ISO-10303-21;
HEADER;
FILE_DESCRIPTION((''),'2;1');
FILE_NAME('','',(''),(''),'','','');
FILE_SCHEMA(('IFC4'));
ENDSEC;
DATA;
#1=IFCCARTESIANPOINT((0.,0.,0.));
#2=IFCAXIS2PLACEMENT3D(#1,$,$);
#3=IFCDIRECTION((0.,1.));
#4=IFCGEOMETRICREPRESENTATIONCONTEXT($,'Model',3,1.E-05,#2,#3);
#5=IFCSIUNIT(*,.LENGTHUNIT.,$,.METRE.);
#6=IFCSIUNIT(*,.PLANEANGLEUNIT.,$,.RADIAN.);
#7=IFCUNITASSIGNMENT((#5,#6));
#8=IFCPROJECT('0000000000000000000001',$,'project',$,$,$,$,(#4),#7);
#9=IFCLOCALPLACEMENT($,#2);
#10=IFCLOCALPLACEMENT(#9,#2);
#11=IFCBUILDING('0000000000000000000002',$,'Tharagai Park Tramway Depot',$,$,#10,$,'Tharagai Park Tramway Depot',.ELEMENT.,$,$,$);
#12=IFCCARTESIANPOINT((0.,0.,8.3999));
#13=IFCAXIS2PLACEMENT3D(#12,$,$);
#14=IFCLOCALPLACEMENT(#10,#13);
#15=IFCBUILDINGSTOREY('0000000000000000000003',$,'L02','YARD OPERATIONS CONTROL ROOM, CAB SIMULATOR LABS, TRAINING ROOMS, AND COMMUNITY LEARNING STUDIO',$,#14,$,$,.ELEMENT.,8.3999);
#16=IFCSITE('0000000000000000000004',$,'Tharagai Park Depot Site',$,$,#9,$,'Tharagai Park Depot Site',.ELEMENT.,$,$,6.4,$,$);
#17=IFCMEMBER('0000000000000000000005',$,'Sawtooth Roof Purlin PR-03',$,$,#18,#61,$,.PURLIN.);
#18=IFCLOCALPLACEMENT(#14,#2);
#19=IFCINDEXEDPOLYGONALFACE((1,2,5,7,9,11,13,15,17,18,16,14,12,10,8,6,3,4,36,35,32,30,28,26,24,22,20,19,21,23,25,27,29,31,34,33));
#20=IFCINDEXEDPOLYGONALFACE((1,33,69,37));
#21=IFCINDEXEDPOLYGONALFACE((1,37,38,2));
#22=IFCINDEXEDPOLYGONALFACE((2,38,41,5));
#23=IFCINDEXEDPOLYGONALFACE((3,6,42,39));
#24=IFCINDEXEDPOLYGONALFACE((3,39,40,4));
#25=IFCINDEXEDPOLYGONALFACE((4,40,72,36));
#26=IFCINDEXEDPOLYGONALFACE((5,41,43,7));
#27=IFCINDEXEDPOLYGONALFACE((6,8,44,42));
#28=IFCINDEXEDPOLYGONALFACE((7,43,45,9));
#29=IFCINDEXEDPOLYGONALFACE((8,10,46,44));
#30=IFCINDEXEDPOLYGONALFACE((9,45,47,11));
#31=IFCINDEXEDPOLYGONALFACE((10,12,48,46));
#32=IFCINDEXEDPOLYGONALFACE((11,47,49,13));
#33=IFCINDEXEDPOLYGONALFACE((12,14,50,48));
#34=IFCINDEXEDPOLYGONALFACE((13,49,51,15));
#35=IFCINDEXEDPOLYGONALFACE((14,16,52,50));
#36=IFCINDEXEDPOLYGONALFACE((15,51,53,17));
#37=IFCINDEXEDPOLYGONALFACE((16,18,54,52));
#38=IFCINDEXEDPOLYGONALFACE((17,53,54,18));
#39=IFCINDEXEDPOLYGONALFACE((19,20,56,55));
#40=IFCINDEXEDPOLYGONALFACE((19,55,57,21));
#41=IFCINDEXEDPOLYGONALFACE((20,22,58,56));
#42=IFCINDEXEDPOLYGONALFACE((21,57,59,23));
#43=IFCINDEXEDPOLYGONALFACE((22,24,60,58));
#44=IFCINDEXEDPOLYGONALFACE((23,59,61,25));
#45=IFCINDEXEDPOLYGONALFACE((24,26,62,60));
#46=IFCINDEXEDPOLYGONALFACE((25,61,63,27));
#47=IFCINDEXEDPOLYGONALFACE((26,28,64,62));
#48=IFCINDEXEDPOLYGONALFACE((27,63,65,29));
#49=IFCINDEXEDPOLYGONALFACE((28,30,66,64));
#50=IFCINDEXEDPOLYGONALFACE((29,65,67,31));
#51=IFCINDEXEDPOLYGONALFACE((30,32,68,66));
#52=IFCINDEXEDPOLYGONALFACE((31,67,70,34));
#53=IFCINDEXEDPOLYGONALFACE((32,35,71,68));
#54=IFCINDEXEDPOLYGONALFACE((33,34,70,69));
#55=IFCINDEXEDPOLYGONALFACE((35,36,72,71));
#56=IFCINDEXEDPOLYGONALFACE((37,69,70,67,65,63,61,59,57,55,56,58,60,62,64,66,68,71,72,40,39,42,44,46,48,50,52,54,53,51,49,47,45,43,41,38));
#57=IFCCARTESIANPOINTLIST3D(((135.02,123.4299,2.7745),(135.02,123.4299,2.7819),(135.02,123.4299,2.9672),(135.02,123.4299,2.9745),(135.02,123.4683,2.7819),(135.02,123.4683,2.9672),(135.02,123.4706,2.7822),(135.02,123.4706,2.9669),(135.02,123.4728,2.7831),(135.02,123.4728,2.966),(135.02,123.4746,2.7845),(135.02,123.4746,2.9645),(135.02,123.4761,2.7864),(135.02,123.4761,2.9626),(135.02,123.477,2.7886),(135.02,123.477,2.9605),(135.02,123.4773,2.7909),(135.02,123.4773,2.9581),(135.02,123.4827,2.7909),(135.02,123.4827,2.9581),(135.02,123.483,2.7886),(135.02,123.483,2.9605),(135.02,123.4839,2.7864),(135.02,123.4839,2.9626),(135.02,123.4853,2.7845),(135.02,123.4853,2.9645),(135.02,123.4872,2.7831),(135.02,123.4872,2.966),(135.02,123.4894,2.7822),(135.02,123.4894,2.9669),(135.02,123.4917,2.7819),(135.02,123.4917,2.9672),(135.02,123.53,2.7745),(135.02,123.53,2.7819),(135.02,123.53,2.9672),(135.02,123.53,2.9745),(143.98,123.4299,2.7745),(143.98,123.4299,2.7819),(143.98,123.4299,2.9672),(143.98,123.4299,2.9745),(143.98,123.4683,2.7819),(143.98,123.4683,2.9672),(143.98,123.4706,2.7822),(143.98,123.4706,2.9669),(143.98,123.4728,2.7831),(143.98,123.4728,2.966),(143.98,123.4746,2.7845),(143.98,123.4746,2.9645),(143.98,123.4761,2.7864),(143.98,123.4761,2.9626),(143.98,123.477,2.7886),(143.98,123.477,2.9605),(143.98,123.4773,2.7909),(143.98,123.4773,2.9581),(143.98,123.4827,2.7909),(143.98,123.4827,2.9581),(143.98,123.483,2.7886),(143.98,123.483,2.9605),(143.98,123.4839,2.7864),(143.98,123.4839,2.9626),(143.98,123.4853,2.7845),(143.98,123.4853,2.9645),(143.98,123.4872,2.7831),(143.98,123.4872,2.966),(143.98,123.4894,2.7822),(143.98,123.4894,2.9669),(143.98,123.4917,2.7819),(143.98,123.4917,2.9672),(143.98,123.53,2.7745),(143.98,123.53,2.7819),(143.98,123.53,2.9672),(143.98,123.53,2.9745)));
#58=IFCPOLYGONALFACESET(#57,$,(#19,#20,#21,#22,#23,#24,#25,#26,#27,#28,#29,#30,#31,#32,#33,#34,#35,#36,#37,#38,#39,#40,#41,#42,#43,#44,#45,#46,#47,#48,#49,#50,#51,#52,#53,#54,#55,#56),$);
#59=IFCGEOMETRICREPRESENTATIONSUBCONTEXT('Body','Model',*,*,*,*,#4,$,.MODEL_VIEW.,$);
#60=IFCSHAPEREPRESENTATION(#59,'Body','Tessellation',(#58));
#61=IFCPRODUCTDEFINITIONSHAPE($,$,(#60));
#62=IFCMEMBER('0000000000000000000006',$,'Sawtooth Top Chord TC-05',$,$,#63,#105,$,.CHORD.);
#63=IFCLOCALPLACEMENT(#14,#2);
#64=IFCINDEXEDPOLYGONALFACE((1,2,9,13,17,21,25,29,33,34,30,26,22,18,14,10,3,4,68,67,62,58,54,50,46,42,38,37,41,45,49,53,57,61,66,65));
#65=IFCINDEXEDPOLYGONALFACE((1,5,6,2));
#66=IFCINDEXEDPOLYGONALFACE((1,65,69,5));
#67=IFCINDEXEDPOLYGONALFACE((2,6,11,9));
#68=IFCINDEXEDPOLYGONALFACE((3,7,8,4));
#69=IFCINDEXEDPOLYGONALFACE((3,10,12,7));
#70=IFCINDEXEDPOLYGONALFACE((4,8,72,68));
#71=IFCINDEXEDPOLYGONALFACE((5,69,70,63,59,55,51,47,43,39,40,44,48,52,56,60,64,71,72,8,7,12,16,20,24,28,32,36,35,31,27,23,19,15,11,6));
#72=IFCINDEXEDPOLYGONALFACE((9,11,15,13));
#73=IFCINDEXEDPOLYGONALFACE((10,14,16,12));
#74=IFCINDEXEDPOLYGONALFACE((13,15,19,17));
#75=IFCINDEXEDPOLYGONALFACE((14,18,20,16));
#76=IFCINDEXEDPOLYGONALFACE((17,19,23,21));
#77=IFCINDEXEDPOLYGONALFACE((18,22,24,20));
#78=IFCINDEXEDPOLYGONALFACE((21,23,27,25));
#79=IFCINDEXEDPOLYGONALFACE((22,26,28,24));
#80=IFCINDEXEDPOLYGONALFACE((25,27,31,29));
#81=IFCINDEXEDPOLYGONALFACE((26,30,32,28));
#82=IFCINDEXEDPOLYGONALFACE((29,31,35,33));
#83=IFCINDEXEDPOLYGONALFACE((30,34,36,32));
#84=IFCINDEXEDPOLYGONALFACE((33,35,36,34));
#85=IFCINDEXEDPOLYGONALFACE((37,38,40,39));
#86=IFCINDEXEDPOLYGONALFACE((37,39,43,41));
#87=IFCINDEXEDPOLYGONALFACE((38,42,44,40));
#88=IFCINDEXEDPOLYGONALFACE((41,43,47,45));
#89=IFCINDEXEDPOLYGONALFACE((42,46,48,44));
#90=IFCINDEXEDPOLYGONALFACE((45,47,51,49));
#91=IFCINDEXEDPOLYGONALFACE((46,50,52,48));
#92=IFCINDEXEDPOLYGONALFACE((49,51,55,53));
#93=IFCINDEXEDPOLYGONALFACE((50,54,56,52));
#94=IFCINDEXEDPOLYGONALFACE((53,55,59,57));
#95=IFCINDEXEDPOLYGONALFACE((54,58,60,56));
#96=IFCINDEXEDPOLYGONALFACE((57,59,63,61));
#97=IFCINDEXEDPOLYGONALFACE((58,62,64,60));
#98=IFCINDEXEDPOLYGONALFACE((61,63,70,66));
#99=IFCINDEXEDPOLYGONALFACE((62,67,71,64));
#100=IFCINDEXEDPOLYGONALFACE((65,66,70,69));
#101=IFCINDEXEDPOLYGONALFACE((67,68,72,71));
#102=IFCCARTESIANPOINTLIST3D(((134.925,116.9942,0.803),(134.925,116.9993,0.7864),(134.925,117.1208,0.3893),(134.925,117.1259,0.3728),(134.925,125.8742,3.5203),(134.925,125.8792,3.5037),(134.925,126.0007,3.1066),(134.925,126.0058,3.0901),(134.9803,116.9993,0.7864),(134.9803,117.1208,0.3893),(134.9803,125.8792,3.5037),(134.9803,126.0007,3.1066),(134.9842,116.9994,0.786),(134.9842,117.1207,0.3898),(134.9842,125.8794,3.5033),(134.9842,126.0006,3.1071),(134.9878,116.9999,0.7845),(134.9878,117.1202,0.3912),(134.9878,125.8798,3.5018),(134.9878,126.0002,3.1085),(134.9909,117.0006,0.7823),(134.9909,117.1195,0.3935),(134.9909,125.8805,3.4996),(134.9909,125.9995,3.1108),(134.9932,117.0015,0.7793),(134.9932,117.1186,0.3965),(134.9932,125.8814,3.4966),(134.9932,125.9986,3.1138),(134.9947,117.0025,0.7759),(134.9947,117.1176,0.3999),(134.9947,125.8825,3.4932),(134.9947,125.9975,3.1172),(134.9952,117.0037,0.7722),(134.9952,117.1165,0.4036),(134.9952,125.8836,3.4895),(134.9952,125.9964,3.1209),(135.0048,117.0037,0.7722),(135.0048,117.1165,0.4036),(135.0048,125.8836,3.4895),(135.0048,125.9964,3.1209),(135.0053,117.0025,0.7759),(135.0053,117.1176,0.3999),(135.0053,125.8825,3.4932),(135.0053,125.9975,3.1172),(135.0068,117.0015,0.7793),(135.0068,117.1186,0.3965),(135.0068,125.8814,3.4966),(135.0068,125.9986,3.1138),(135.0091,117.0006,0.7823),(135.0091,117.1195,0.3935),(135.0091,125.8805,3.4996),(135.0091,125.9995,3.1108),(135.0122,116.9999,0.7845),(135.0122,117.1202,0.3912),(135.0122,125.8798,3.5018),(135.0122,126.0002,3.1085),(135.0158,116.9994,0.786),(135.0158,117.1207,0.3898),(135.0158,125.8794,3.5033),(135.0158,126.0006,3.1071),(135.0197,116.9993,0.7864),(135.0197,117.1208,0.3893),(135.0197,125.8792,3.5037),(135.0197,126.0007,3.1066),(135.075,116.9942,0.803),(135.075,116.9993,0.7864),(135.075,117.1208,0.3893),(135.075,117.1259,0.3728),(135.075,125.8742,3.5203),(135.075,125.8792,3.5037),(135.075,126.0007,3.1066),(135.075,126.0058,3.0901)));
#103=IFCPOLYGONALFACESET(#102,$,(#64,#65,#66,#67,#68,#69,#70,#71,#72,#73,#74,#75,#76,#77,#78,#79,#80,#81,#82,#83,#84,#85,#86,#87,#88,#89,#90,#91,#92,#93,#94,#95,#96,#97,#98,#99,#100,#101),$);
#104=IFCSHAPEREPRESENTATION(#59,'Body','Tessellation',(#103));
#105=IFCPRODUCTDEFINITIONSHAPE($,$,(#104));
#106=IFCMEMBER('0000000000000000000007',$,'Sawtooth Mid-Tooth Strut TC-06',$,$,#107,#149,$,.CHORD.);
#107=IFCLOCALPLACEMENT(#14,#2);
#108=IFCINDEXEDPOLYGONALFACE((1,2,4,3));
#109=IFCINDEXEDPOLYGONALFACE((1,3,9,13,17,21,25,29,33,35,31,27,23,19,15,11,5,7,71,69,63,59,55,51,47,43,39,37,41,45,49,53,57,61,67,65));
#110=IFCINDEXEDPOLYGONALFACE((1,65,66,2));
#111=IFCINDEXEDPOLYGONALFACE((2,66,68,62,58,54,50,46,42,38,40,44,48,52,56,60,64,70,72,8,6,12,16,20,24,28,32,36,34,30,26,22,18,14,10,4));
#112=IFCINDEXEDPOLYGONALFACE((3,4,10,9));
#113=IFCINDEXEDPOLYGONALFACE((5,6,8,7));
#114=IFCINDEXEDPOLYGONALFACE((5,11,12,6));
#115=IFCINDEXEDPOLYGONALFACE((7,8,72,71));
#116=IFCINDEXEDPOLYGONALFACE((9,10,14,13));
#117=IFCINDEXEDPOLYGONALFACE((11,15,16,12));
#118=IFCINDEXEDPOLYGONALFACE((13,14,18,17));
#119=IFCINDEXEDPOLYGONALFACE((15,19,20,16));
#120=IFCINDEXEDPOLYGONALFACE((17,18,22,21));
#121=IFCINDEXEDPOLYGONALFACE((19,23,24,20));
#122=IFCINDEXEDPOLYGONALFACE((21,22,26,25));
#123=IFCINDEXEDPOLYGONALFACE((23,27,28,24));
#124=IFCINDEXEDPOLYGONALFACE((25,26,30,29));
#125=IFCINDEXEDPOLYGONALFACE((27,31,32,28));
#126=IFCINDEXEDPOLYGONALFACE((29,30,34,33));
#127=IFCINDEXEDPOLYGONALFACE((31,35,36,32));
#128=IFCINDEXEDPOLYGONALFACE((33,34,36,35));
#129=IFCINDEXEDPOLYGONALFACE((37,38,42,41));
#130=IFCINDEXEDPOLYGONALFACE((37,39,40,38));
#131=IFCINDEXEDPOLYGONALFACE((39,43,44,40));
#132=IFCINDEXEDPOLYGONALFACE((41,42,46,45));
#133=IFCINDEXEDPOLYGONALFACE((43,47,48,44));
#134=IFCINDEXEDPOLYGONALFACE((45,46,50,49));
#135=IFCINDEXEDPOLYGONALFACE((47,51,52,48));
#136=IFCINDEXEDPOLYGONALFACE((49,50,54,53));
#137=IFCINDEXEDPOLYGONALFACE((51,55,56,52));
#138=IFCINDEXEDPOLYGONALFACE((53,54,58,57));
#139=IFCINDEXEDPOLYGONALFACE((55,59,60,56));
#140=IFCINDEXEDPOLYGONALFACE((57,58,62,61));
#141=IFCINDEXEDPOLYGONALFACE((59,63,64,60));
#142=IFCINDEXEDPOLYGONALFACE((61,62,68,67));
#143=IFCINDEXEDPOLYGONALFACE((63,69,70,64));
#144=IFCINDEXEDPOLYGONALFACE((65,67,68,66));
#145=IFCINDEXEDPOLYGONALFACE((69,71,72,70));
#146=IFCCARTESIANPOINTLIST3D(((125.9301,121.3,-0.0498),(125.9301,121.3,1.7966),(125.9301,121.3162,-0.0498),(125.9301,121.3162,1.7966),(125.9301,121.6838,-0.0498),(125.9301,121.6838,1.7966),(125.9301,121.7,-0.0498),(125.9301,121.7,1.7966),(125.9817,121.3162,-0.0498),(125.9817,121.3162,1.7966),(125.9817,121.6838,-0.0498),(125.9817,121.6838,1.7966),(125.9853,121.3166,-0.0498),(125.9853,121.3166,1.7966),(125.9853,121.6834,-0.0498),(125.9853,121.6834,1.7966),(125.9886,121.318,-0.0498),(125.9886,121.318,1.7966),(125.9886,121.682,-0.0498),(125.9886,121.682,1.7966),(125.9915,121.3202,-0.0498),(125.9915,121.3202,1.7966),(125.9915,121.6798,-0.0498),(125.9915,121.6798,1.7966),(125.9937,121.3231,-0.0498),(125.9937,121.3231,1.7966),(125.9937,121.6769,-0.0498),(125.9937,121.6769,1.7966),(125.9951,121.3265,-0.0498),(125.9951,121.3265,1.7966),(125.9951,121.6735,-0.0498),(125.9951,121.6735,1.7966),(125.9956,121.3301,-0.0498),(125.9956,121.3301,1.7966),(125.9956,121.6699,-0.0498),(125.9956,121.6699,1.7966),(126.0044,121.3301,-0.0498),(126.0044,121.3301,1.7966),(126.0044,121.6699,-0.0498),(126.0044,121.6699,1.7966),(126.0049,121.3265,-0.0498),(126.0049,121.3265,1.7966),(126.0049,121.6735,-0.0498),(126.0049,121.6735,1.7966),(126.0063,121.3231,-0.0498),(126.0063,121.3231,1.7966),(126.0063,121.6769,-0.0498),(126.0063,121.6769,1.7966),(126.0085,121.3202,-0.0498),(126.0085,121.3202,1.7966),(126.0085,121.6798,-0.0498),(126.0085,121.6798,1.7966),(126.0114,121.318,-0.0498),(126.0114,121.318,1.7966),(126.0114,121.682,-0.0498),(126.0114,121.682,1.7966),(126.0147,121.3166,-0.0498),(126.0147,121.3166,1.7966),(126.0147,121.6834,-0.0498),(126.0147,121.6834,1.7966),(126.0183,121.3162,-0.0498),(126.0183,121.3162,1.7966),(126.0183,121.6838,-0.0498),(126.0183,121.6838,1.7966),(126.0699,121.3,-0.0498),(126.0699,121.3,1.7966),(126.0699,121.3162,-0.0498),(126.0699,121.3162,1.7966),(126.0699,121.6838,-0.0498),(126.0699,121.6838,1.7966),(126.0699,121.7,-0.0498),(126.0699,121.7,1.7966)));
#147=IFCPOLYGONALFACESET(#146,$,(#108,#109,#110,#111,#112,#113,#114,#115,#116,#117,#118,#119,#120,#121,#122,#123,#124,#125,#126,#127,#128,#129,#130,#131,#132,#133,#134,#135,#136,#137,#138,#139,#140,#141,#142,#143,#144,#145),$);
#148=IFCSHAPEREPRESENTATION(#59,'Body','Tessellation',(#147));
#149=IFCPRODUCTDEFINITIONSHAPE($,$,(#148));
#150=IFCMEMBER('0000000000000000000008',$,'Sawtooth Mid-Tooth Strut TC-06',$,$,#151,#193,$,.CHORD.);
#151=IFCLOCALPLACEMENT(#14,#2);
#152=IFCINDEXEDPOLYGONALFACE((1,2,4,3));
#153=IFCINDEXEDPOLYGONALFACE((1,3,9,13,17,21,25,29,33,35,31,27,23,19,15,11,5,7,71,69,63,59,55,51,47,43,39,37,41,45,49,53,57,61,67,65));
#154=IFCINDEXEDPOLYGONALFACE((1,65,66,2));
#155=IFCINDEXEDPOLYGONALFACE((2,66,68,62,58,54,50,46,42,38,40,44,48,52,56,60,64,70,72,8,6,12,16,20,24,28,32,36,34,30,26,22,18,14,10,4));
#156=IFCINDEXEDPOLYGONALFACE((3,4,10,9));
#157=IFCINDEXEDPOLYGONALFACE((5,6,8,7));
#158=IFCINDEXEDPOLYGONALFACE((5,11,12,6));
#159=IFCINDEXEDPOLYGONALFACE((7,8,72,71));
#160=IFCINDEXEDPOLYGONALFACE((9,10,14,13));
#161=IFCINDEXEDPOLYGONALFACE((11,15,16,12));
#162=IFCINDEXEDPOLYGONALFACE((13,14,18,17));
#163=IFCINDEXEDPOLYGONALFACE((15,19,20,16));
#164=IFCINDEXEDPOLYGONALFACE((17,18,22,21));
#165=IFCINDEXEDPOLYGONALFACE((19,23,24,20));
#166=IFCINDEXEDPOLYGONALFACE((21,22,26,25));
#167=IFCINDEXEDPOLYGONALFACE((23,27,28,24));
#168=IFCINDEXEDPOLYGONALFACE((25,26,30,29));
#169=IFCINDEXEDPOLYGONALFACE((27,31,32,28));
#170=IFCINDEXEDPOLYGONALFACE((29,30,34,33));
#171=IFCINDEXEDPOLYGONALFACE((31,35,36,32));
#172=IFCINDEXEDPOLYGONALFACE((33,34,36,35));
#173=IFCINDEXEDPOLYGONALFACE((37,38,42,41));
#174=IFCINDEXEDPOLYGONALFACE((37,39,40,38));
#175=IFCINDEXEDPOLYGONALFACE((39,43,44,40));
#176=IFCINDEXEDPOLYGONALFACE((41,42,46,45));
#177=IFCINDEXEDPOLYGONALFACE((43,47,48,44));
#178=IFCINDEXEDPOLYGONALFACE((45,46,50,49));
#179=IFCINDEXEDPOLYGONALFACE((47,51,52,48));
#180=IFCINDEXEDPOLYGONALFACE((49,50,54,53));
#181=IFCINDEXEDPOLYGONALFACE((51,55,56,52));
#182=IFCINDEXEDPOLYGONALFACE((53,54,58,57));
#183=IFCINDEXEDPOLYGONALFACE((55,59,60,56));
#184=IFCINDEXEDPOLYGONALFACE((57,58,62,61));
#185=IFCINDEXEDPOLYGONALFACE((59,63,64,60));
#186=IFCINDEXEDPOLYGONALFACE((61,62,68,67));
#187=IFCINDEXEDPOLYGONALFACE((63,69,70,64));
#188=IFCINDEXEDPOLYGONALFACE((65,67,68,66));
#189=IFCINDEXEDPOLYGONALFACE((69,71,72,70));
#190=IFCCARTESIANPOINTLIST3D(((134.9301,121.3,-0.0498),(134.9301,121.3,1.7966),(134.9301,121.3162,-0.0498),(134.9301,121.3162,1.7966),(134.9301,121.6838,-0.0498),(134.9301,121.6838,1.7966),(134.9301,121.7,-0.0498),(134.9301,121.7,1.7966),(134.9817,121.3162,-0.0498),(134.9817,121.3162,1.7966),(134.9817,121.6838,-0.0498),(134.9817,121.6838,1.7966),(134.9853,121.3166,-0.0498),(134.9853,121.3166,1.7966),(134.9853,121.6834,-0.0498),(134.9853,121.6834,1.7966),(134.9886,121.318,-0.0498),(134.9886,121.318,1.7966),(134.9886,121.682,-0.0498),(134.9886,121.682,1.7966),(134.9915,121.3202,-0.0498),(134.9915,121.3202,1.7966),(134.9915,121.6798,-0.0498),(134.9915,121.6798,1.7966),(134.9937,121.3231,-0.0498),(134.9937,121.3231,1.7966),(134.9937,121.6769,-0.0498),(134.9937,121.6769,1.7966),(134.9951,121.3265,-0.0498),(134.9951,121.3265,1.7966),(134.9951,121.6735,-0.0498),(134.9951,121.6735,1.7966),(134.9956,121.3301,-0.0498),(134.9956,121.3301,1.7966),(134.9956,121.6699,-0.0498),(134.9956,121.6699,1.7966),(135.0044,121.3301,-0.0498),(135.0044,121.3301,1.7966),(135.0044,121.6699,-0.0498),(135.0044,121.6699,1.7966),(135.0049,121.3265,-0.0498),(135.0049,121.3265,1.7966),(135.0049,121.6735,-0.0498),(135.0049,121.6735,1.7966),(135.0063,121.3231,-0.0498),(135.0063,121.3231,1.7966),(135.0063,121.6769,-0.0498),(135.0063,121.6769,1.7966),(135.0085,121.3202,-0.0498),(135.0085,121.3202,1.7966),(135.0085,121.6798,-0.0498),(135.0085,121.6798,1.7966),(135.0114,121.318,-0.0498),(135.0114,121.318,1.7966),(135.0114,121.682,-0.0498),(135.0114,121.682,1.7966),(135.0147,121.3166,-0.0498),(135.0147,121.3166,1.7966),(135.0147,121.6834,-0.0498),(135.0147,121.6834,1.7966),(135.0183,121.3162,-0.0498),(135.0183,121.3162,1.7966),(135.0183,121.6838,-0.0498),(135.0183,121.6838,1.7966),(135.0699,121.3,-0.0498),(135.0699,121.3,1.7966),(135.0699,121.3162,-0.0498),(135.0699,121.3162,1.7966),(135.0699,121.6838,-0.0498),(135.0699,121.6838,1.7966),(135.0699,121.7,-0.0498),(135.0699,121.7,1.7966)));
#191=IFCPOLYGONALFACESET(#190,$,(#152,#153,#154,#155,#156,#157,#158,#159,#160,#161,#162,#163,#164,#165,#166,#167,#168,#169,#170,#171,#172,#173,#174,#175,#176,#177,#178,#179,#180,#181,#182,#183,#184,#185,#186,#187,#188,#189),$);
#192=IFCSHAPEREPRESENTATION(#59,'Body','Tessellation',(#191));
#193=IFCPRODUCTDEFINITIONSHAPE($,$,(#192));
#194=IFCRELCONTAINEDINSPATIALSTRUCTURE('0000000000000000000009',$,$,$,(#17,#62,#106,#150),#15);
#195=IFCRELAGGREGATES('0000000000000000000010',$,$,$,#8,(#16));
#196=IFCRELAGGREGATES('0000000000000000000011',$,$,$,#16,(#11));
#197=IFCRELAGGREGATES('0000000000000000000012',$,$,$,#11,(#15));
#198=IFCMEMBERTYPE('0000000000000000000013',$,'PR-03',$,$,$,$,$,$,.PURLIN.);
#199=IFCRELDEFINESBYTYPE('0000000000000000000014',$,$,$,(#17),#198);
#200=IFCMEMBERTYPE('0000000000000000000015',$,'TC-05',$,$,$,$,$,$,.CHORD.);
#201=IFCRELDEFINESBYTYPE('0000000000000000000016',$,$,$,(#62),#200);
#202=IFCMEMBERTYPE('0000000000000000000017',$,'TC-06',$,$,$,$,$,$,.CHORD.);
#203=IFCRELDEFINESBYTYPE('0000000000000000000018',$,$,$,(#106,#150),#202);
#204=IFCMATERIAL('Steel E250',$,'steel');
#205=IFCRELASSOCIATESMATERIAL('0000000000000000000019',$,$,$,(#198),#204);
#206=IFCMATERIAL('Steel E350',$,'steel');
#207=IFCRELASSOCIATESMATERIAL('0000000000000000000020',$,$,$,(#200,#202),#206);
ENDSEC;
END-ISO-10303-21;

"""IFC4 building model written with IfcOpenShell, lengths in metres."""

from ifc_helpers import new_model, si_unit, direction, frame, origin, origin_2d, place, context, subcontext, project, spatial, i_section, extrude, material, material_profile, profile_set, type_object, element, save


model = new_model("IFC4")

# Units and contexts
model_context = context("Model", 3, precision=1e-05, world=origin(), true_north=direction((0.0, 1.0)))
body_context = subcontext(model_context, "Body", "Model", "MODEL_VIEW")
ifc_project = project(units=[si_unit("LENGTHUNIT", "METRE"), si_unit("PLANEANGLEUNIT", "RADIAN")], contexts=[model_context])

# Site, building, storey
site_placement = place(None, origin())
site = spatial("IfcSite", under=ifc_project, at=site_placement, Name="Tharagai Park Depot Site", LongName="Tharagai Park Depot Site", CompositionType="ELEMENT", RefElevation=6.4)
building_placement = place(site_placement, origin())
building = spatial("IfcBuilding", under=site, at=building_placement, Name="Tharagai Park Tramway Depot", LongName="Tharagai Park Tramway Depot", CompositionType="ELEMENT")
storey_placement = place(building_placement, frame((0.0, 0.0, 8.3999)))
storey = spatial("IfcBuildingStorey", under=building, at=storey_placement, Name="L02", Description="YARD OPERATIONS CONTROL ROOM, CAB SIMULATOR LABS, TRAINING ROOMS, AND COMMUNITY LEARNING STUDIO", CompositionType="ELEMENT", Elevation=8.3999)

# Shared definitions
ifc_material_1 = material(Name="Steel E350", Category="steel")

# Members
ifc_material_2 = material(Name="Steel E250", Category="steel")
ifc_material_profile_1 = material_profile(ifc_material_2, i_section(OverallWidth=0.1001, OverallDepth=0.2, WebThickness=0.0054, FlangeThickness=0.0073, FilletRadius=0.009, at=origin_2d()), Name="ISLB 200")
ifc_profile_set_1 = profile_set([ifc_material_profile_1], Name="Steel E250")
member_type_1 = type_object("IfcMemberType", Name="PR-03", PredefinedType="PURLIN", material=ifc_profile_set_1)
for number, where, z_axis, x_axis, name in (
    (1, (135.02, 123.48, 2.8745), (1.0, 0.0, 0.0), (0.0, 1.0, 0.0), "Sawtooth Roof Purlin PR-03"),
):
    element("IfcMember", number, at=place(storey_placement, frame(where, z_axis=z_axis, x_axis=x_axis)), inside=storey, type_object=member_type_1, Name=name, PredefinedType="PURLIN", context=body_context, shape_type="SweptSolid", body=[
        extrude(i_section(OverallWidth=0.1001, OverallDepth=0.2, WebThickness=0.0054, FlangeThickness=0.0073, FilletRadius=0.009, at=origin_2d()), origin(), (0.0, 0.0, 1.0), 8.96),
    ])
ifc_material_profile_2 = material_profile(ifc_material_1, i_section(OverallWidth=0.1499, OverallDepth=0.45, WebThickness=0.0095, FlangeThickness=0.0173, FilletRadius=0.0149, at=origin_2d()), Name="ISMB 450")
ifc_profile_set_2 = profile_set([ifc_material_profile_2], Name="Steel E350")
member_type_2 = type_object("IfcMemberType", Name="TC-05", PredefinedType="CHORD", material=ifc_profile_set_2)
member_1_placement = place(storey_placement, frame((135.0, 117.0601, 0.5879), z_axis=(0.0, 0.956231, 0.292611), x_axis=(-1.0, 0.0, 0.0)))
element("IfcMember", 2, at=member_1_placement, inside=storey, type_object=member_type_2, Name="Sawtooth Top Chord TC-05", PredefinedType="CHORD", context=body_context, shape_type="SweptSolid", body=[
    extrude(i_section(OverallWidth=0.1499, OverallDepth=0.45, WebThickness=0.0095, FlangeThickness=0.0173, FilletRadius=0.0149, at=origin_2d()), origin(), (0.0, 0.0, 1.0), 9.2864),
])
ifc_material_profile_3 = material_profile(ifc_material_1, i_section(OverallWidth=0.1399, OverallDepth=0.3999, WebThickness=0.0088, FlangeThickness=0.0161, FilletRadius=0.0139, at=origin_2d()), Name="ISMB 400")
ifc_profile_set_3 = profile_set([ifc_material_profile_3], Name="Steel E350")
member_type_3 = type_object("IfcMemberType", Name="TC-06", PredefinedType="CHORD", material=ifc_profile_set_3)
for number, where, z_axis, x_axis, name in (
    (3, (126.0, 121.5, -0.0498), (0.0, 0.0, 1.0), (1.0, 0.0, 0.0), "Sawtooth Mid-Tooth Strut TC-06"),
    (4, (135.0, 121.5, -0.0498), (0.0, 0.0, 1.0), (1.0, 0.0, 0.0), "Sawtooth Mid-Tooth Strut TC-06"),
):
    element("IfcMember", number, at=place(storey_placement, frame(where, z_axis=z_axis, x_axis=x_axis)), inside=storey, type_object=member_type_3, Name=name, PredefinedType="CHORD", context=body_context, shape_type="SweptSolid", body=[
        extrude(i_section(OverallWidth=0.1399, OverallDepth=0.3999, WebThickness=0.0088, FlangeThickness=0.0161, FilletRadius=0.0139, at=origin_2d()), origin(), (0.0, 0.0, 1.0), 1.8464),
    ])

save(model, "model.ifc")
